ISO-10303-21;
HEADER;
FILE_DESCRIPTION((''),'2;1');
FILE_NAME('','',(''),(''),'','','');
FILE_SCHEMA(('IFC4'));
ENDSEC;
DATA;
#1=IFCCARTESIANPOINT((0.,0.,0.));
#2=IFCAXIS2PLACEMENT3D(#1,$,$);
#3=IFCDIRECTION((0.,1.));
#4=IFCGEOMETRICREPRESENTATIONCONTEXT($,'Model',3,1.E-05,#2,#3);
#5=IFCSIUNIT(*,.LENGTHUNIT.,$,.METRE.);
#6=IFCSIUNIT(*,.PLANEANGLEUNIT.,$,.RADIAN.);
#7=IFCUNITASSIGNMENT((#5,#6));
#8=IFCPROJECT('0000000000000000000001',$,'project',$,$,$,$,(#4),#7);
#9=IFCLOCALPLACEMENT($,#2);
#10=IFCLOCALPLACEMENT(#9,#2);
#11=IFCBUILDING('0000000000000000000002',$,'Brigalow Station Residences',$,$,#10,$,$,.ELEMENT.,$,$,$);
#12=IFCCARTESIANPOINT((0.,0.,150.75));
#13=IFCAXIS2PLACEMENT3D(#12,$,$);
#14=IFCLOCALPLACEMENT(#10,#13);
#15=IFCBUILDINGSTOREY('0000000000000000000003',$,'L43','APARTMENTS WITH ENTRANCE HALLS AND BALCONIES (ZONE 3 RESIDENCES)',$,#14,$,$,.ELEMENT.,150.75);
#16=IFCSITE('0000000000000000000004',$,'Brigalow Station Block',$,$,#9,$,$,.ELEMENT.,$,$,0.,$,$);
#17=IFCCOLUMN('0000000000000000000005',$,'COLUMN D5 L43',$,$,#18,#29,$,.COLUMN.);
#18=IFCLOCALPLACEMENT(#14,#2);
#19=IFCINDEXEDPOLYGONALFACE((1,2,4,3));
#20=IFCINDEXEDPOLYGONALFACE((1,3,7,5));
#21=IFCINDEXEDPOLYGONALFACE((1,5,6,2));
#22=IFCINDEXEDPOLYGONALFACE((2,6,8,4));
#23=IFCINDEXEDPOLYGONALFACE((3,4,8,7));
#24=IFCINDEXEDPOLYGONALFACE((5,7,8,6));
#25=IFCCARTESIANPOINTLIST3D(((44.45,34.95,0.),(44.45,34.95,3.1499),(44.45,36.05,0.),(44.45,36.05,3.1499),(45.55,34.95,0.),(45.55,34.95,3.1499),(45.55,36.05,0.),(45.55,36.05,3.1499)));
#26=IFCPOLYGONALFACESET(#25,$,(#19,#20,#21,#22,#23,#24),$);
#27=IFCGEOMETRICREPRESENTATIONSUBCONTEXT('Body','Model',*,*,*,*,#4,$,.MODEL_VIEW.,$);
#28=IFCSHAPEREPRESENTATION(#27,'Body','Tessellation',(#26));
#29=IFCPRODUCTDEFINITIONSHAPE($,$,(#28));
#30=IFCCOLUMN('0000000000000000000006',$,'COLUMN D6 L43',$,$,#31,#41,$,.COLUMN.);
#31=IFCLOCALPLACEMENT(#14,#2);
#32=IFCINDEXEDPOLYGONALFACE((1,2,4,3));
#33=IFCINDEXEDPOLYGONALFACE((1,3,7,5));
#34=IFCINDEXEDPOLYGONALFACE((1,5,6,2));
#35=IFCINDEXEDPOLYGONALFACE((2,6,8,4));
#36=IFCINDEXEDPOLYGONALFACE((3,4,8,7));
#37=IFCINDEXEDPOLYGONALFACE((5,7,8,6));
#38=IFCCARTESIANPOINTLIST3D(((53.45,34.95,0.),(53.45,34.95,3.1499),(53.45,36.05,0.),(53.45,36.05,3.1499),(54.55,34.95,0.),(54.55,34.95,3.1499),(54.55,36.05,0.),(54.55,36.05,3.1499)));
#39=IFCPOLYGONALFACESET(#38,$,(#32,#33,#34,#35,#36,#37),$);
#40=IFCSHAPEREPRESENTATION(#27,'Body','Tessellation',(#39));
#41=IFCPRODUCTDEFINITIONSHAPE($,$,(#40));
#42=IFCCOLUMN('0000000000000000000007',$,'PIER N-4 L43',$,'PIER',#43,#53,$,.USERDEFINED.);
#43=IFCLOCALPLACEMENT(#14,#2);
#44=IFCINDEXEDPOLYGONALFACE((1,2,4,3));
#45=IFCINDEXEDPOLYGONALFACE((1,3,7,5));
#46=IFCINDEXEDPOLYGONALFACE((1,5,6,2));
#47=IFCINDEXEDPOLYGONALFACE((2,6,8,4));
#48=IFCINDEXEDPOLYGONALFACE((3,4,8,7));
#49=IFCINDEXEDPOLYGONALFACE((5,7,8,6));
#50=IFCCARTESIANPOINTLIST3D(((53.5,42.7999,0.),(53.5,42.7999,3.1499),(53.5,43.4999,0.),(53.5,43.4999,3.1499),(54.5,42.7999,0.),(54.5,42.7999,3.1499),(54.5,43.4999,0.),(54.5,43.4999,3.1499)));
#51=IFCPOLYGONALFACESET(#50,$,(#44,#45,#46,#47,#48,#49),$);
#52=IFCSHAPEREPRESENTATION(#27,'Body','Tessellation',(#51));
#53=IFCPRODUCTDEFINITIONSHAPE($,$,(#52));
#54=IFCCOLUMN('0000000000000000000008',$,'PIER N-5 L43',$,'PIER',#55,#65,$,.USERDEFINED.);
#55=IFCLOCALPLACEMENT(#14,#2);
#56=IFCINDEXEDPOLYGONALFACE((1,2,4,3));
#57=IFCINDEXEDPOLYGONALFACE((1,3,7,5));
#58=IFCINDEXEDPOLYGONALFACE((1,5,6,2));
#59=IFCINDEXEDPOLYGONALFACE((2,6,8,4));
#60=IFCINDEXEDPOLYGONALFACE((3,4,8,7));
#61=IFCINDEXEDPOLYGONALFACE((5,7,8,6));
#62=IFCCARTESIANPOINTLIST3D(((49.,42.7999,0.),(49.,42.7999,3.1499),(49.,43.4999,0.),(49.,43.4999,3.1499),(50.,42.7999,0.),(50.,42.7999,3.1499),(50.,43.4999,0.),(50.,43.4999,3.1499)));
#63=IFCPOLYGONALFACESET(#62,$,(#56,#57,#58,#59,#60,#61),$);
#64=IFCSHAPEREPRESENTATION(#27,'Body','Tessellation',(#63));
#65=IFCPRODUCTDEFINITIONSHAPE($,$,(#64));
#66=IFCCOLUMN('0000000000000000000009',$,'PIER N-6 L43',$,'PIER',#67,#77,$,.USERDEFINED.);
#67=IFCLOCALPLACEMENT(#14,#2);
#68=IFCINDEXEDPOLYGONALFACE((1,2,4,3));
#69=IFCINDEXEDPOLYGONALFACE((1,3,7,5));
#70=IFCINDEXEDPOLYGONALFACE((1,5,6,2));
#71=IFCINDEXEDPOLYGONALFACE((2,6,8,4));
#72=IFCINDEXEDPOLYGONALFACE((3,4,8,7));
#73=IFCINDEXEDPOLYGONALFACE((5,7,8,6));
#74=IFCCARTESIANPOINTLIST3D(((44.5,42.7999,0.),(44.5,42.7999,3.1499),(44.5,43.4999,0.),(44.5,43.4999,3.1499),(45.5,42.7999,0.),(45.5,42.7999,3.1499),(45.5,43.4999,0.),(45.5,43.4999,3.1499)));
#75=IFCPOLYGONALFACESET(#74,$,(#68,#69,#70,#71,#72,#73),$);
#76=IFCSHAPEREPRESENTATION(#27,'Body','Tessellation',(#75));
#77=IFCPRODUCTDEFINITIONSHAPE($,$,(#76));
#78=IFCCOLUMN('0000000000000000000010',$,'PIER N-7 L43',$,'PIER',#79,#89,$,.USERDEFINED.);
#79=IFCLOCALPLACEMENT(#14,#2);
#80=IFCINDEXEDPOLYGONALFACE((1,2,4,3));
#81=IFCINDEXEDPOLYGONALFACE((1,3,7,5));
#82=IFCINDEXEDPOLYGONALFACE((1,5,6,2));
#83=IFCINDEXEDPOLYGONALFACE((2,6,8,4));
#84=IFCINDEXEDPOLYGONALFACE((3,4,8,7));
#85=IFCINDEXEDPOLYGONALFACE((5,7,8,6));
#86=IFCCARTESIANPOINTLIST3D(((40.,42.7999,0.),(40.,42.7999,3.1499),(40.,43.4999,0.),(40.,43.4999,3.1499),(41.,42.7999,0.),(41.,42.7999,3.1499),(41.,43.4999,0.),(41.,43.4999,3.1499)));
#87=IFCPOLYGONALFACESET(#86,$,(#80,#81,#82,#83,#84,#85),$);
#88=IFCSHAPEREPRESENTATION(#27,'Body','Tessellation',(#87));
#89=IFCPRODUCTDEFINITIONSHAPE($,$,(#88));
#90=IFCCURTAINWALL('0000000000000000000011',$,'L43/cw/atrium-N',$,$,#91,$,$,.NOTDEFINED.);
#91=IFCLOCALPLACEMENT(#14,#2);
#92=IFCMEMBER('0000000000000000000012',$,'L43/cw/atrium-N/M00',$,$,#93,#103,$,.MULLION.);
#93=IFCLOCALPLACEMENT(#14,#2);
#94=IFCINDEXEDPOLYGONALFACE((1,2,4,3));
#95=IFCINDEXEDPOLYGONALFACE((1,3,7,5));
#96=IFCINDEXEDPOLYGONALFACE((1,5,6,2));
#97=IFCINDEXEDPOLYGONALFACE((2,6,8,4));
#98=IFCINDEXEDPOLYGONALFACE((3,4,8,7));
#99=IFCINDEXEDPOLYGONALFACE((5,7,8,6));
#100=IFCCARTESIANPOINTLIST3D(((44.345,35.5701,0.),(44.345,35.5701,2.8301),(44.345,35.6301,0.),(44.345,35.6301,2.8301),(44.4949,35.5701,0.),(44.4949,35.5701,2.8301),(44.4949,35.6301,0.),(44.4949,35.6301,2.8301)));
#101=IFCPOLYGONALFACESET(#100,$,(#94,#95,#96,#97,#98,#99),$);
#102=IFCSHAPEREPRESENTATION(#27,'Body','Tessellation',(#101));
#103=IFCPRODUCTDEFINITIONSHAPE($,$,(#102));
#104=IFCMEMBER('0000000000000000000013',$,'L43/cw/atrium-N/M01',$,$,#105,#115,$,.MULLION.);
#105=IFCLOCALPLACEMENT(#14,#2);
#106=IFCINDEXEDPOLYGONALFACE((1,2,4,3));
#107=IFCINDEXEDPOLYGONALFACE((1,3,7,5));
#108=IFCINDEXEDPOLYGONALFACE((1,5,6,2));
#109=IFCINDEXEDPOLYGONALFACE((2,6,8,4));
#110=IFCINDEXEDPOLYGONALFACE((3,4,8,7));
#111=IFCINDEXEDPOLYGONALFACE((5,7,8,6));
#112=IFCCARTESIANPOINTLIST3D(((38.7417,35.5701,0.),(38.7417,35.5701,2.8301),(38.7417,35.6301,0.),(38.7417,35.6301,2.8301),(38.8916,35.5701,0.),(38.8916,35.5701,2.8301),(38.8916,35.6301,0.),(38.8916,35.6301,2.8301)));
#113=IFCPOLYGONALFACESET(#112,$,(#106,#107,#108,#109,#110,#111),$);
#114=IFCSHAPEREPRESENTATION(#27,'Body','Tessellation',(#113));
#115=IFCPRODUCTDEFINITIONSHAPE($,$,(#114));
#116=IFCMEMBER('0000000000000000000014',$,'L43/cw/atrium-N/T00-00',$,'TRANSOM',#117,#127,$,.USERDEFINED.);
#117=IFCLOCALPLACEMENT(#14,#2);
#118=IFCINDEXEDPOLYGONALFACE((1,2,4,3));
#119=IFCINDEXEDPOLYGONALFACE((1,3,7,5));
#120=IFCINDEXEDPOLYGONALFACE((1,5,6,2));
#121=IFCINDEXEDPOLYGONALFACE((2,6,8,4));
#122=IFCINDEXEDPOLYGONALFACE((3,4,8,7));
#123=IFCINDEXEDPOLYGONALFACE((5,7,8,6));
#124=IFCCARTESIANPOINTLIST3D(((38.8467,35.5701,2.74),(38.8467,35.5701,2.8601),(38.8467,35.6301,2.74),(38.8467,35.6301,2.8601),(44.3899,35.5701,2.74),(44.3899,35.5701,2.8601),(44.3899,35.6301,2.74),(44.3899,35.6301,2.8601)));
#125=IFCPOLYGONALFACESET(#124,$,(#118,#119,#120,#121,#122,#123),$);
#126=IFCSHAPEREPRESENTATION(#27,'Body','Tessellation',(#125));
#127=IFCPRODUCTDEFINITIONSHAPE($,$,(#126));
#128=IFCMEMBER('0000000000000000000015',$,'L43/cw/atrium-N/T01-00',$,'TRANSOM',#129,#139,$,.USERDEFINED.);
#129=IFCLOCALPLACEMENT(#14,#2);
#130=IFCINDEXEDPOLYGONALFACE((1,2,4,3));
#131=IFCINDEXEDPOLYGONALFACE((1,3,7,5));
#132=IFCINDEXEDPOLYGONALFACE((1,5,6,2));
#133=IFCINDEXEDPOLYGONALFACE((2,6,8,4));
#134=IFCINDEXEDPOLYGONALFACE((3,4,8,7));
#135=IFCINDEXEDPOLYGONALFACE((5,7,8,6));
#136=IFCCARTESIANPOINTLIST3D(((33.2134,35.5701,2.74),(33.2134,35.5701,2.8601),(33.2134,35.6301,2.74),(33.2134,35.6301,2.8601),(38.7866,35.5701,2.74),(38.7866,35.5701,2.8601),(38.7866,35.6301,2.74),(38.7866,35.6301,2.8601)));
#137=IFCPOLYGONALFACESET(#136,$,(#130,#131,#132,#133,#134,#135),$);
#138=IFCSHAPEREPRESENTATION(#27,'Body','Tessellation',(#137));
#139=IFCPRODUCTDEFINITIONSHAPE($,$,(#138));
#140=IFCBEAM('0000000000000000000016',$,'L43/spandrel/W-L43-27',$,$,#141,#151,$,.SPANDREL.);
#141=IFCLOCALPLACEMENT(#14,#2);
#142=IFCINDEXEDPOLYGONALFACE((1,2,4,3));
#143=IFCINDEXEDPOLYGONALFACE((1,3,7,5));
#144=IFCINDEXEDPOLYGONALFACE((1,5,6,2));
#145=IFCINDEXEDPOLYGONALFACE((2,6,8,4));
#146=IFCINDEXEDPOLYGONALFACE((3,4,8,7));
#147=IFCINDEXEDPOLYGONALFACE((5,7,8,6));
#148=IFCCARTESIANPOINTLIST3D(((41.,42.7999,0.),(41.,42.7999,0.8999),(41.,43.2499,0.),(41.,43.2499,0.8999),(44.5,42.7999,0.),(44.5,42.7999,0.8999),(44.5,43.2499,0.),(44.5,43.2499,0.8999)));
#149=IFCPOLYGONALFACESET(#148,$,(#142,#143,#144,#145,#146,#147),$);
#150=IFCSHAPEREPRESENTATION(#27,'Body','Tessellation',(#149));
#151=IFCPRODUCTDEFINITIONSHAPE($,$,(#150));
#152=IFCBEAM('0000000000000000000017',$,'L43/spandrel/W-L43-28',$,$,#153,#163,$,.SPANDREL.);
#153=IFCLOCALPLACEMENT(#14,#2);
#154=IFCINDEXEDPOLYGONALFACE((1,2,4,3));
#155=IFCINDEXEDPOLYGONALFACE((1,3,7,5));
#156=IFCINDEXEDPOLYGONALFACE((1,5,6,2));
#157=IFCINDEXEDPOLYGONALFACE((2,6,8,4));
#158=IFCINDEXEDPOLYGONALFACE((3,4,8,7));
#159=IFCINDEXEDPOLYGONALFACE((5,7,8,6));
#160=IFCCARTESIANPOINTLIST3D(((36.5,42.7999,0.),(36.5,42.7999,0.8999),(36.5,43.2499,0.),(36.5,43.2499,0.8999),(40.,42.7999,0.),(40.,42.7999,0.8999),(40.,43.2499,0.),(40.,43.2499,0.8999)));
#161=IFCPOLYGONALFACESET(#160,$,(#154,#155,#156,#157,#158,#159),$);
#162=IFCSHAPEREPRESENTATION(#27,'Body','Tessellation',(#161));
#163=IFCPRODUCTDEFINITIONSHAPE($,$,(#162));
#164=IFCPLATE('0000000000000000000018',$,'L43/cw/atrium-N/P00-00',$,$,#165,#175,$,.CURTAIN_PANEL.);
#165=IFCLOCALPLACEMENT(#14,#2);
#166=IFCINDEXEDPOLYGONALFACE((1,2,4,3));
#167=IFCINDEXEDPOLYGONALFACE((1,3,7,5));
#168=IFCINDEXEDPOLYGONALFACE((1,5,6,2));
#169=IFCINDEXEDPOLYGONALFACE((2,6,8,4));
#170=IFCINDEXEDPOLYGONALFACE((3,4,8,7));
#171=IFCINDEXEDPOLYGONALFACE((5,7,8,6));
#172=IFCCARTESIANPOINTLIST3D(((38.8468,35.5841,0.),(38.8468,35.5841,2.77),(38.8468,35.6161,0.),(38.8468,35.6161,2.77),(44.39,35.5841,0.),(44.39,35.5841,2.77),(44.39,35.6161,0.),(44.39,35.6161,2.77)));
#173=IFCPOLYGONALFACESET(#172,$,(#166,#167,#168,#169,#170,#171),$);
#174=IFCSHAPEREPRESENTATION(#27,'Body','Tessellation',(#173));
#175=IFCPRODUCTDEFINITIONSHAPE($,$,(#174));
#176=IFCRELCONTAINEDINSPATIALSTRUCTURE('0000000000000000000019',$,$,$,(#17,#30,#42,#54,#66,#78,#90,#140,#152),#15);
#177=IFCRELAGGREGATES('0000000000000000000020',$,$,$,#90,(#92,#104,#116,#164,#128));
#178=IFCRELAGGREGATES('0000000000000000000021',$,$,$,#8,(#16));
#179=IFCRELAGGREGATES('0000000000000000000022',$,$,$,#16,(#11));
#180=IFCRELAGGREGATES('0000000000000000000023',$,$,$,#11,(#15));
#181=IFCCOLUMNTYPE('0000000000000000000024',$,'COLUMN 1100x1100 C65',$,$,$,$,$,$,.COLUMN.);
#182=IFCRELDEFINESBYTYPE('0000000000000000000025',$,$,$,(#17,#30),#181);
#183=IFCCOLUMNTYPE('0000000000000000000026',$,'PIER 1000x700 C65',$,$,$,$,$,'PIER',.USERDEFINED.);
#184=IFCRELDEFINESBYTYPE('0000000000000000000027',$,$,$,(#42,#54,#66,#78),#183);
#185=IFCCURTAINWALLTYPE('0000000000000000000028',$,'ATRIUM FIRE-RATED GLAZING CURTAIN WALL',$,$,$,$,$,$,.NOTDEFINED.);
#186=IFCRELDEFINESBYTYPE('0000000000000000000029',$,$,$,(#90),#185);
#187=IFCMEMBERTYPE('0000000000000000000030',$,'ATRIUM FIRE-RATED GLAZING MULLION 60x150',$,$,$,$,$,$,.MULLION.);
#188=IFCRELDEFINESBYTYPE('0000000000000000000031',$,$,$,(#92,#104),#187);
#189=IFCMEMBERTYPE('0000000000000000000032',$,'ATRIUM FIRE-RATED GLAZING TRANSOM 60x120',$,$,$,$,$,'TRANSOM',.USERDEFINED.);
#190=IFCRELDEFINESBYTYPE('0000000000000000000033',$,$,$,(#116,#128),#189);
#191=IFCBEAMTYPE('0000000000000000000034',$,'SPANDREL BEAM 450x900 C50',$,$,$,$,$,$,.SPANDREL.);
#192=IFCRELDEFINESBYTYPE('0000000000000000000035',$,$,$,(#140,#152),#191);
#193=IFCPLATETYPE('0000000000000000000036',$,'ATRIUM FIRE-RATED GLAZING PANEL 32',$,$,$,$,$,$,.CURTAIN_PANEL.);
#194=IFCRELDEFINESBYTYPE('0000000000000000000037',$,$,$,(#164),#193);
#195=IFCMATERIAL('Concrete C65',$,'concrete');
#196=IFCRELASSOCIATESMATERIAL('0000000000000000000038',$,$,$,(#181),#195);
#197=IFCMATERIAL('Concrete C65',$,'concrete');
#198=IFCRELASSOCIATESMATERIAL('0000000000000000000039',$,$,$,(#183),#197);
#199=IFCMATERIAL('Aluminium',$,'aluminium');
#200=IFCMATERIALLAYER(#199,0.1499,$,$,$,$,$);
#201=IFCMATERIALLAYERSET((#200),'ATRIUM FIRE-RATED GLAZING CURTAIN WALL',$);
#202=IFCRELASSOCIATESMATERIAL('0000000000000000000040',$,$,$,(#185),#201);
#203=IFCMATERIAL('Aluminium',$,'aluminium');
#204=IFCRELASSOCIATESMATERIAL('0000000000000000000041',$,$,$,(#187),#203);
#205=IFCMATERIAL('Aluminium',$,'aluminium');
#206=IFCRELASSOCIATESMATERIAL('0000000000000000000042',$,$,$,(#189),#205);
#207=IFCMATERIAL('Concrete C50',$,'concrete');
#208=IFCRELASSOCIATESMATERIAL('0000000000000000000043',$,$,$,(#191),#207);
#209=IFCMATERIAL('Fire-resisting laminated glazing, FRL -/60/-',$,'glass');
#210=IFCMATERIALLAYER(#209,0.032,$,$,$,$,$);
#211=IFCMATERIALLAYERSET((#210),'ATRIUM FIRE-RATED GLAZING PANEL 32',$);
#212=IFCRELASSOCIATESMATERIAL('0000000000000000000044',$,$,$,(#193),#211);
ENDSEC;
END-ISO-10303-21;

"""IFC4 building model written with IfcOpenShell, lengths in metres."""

from ifc_helpers import new_model, si_unit, direction, frame, origin, origin_2d, place, context, subcontext, project, spatial, rectangle, extrude, material, layer, layer_set, material_profile, profile_set, type_object, element, aggregate, save


model = new_model("IFC4")

# Units and contexts
model_context = context("Model", 3, precision=1e-05, world=origin(), true_north=direction((0.0, 1.0)))
body_context = subcontext(model_context, "Body", "Model", "MODEL_VIEW")
ifc_project = project(units=[si_unit("LENGTHUNIT", "METRE"), si_unit("PLANEANGLEUNIT", "RADIAN")], contexts=[model_context])

# Site, building, storey
site_placement = place(None, origin())
site = spatial("IfcSite", under=ifc_project, at=site_placement, Name="Brigalow Station Block", CompositionType="ELEMENT", RefElevation=0.0)
building_placement = place(site_placement, origin())
building = spatial("IfcBuilding", under=site, at=building_placement, Name="Brigalow Station Residences", CompositionType="ELEMENT")
storey_placement = place(building_placement, frame((0.0, 0.0, 150.75)))
storey = spatial("IfcBuildingStorey", under=building, at=storey_placement, Name="L43", Description="APARTMENTS WITH ENTRANCE HALLS AND BALCONIES (ZONE 3 RESIDENCES)", CompositionType="ELEMENT", Elevation=150.75)

# Columns
ifc_material_1 = material(Name="Concrete C65", Category="concrete")
ifc_material_profile_1 = material_profile(ifc_material_1, rectangle(XDim=1.1001, YDim=1.1001, at=origin_2d()), Name="RC1100x1100")
ifc_profile_set_1 = profile_set([ifc_material_profile_1], Name="Concrete C65")
column_type_1 = type_object("IfcColumnType", Name="COLUMN 1100x1100 C65", PredefinedType="COLUMN", material=ifc_profile_set_1)
for number, where, z_axis, x_axis, name in (
    (1, (45.0, 35.5, 0.0), (0.0, 0.0, 1.0), (1.0, 0.0, 0.0), "COLUMN D5 L43"),
    (2, (54.0, 35.5, 0.0), (0.0, 0.0, 1.0), (1.0, 0.0, 0.0), "COLUMN D6 L43"),
):
    element("IfcColumn", number, at=place(storey_placement, frame(where, z_axis=z_axis, x_axis=x_axis)), inside=storey, type_object=column_type_1, Name=name, PredefinedType="COLUMN", context=body_context, shape_type="SweptSolid", body=[
        extrude(rectangle(XDim=1.1001, YDim=1.1001, at=origin_2d()), origin(), (0.0, 0.0, 1.0), 3.1499),
    ])
ifc_material_2 = material(Name="Concrete C65", Category="concrete")
ifc_material_profile_2 = material_profile(ifc_material_2, rectangle(XDim=1.0, YDim=0.7, at=origin_2d()), Name="RC1000x700")
ifc_profile_set_2 = profile_set([ifc_material_profile_2], Name="Concrete C65")
column_type_2 = type_object("IfcColumnType", Name="PIER 1000x700 C65", ElementType="PIER", PredefinedType="USERDEFINED", material=ifc_profile_set_2)
for number, where, z_axis, x_axis, name in (
    (3, (54.0, 43.1499, 0.0), (0.0, 0.0, 1.0), (-1.0, 0.0, 0.0), "PIER N-4 L43"),
    (4, (49.5, 43.1499, 0.0), (0.0, 0.0, 1.0), (-1.0, 0.0, 0.0), "PIER N-5 L43"),
    (5, (45.0, 43.1499, 0.0), (0.0, 0.0, 1.0), (-1.0, 0.0, 0.0), "PIER N-6 L43"),
    (6, (40.5, 43.1499, 0.0), (0.0, 0.0, 1.0), (-1.0, 0.0, 0.0), "PIER N-7 L43"),
):
    element("IfcColumn", number, at=place(storey_placement, frame(where, z_axis=z_axis, x_axis=x_axis)), inside=storey, type_object=column_type_2, Name=name, ObjectType="PIER", PredefinedType="USERDEFINED", context=body_context, shape_type="SweptSolid", body=[
        extrude(rectangle(XDim=1.0, YDim=0.7, at=origin_2d()), origin(), (0.0, 0.0, 1.0), 3.1499),
    ])

# Curtain wall, members
ifc_material_3 = material(Name="Aluminium", Category="aluminium")
ifc_layer_1 = layer(ifc_material_3, 0.1499)
ifc_layer_set_1 = layer_set([ifc_layer_1], Name="ATRIUM FIRE-RATED GLAZING CURTAIN WALL")
curtain_wall_type = type_object("IfcCurtainWallType", Name="ATRIUM FIRE-RATED GLAZING CURTAIN WALL", PredefinedType="NOTDEFINED", material=ifc_layer_set_1)
curtain_wall_placement = place(storey_placement, origin())
curtain_wall = element("IfcCurtainWall", 7, at=curtain_wall_placement, inside=storey, type_object=curtain_wall_type, Name="L43/cw/atrium-N", PredefinedType="NOTDEFINED")
ifc_material_4 = material(Name="Aluminium", Category="aluminium")
ifc_material_profile_3 = material_profile(ifc_material_4, rectangle(XDim=0.0601, YDim=0.1499, at=origin_2d()), Name="ATRIUM FIRE-RATED GLAZING MULLION 60x150")
ifc_profile_set_3 = profile_set([ifc_material_profile_3], Name="Aluminium")
member_type_1 = type_object("IfcMemberType", Name="ATRIUM FIRE-RATED GLAZING MULLION 60x150", PredefinedType="MULLION", material=ifc_profile_set_3)
member_1_placement = place(storey_placement, frame((44.4199, 35.6001, 0.0), z_axis=(0.0, 0.0, 1.0), x_axis=(0.0, -1.0, 0.0)))
member_1 = element("IfcMember", 8, at=member_1_placement, type_object=member_type_1, Name="L43/cw/atrium-N/M00", PredefinedType="MULLION", context=body_context, shape_type="SweptSolid", body=[
    extrude(rectangle(XDim=0.0601, YDim=0.1499, at=origin_2d()), origin(), (0.0, 0.0, 1.0), 2.8301),
])
member_2_placement = place(storey_placement, frame((38.8167, 35.6001, 0.0), z_axis=(0.0, 0.0, 1.0), x_axis=(0.0, -1.0, 0.0)))
member_2 = element("IfcMember", 9, at=member_2_placement, type_object=member_type_1, Name="L43/cw/atrium-N/M01", PredefinedType="MULLION", context=body_context, shape_type="SweptSolid", body=[
    extrude(rectangle(XDim=0.0601, YDim=0.1499, at=origin_2d()), origin(), (0.0, 0.0, 1.0), 2.8301),
])
ifc_material_5 = material(Name="Aluminium", Category="aluminium")
ifc_material_profile_4 = material_profile(ifc_material_5, rectangle(XDim=0.0601, YDim=0.1201, at=origin_2d()), Name="ATRIUM FIRE-RATED GLAZING TRANSOM 60x120")
ifc_profile_set_4 = profile_set([ifc_material_profile_4], Name="Aluminium")
member_type_2 = type_object("IfcMemberType", Name="ATRIUM FIRE-RATED GLAZING TRANSOM 60x120", ElementType="TRANSOM", PredefinedType="USERDEFINED", material=ifc_profile_set_4)
member_3_placement = place(storey_placement, frame((44.3899, 35.6001, 2.8), z_axis=(-1.0, 0.0, 0.0), x_axis=(0.0, -1.0, 0.0)))
member_3 = element("IfcMember", 10, at=member_3_placement, type_object=member_type_2, Name="L43/cw/atrium-N/T00-00", ObjectType="TRANSOM", PredefinedType="USERDEFINED", context=body_context, shape_type="SweptSolid", body=[
    extrude(rectangle(XDim=0.0601, YDim=0.1201, at=origin_2d()), origin(), (0.0, 0.0, 1.0), 5.5432),
])
member_4_placement = place(storey_placement, frame((38.7866, 35.6001, 2.8), z_axis=(-1.0, 0.0, 0.0), x_axis=(0.0, -1.0, 0.0)))
member_4 = element("IfcMember", 11, at=member_4_placement, type_object=member_type_2, Name="L43/cw/atrium-N/T01-00", ObjectType="TRANSOM", PredefinedType="USERDEFINED", context=body_context, shape_type="SweptSolid", body=[
    extrude(rectangle(XDim=0.0601, YDim=0.1201, at=origin_2d()), origin(), (0.0, 0.0, 1.0), 5.5732),
])

# Beams
ifc_material_6 = material(Name="Concrete C50", Category="concrete")
ifc_material_profile_5 = material_profile(ifc_material_6, rectangle(XDim=0.45, YDim=0.8999, at=origin_2d()), Name="RC450x900")
ifc_profile_set_5 = profile_set([ifc_material_profile_5], Name="Concrete C50")
beam_type = type_object("IfcBeamType", Name="SPANDREL BEAM 450x900 C50", PredefinedType="SPANDREL", material=ifc_profile_set_5)
for number, where, z_axis, x_axis, name in (
    (12, (44.5, 43.0249, 0.45), (-1.0, 0.0, 0.0), (0.0, -1.0, 0.0), "L43/spandrel/W-L43-27"),
    (13, (40.0, 43.0249, 0.45), (-1.0, 0.0, 0.0), (0.0, -1.0, 0.0), "L43/spandrel/W-L43-28"),
):
    element("IfcBeam", number, at=place(storey_placement, frame(where, z_axis=z_axis, x_axis=x_axis)), inside=storey, type_object=beam_type, Name=name, PredefinedType="SPANDREL", context=body_context, shape_type="SweptSolid", body=[
        extrude(rectangle(XDim=0.45, YDim=0.8999, at=origin_2d()), origin(), (0.0, 0.0, 1.0), 3.5),
    ])

# Plate
ifc_material_7 = material(Name="Fire-resisting laminated glazing, FRL -/60/-", Category="glass")
ifc_layer_2 = layer(ifc_material_7, 0.032)
ifc_layer_set_2 = layer_set([ifc_layer_2], Name="ATRIUM FIRE-RATED GLAZING PANEL 32")
plate_type = type_object("IfcPlateType", Name="ATRIUM FIRE-RATED GLAZING PANEL 32", PredefinedType="CURTAIN_PANEL", material=ifc_layer_set_2)
plate_placement = place(storey_placement, frame((41.6184, 35.6001, 0.0), z_axis=(0.0, 0.0, 1.0), x_axis=(-1.0, 0.0, 0.0)))
plate = element("IfcPlate", 14, at=plate_placement, type_object=plate_type, Name="L43/cw/atrium-N/P00-00", PredefinedType="CURTAIN_PANEL", context=body_context, shape_type="SweptSolid", body=[
    extrude(rectangle(XDim=5.5432, YDim=0.032, at=origin_2d()), origin(), (0.0, 0.0, 1.0), 2.77),
])
aggregate(curtain_wall, [member_1, member_2, member_3, plate, member_4])

save(model, "model.ifc")
